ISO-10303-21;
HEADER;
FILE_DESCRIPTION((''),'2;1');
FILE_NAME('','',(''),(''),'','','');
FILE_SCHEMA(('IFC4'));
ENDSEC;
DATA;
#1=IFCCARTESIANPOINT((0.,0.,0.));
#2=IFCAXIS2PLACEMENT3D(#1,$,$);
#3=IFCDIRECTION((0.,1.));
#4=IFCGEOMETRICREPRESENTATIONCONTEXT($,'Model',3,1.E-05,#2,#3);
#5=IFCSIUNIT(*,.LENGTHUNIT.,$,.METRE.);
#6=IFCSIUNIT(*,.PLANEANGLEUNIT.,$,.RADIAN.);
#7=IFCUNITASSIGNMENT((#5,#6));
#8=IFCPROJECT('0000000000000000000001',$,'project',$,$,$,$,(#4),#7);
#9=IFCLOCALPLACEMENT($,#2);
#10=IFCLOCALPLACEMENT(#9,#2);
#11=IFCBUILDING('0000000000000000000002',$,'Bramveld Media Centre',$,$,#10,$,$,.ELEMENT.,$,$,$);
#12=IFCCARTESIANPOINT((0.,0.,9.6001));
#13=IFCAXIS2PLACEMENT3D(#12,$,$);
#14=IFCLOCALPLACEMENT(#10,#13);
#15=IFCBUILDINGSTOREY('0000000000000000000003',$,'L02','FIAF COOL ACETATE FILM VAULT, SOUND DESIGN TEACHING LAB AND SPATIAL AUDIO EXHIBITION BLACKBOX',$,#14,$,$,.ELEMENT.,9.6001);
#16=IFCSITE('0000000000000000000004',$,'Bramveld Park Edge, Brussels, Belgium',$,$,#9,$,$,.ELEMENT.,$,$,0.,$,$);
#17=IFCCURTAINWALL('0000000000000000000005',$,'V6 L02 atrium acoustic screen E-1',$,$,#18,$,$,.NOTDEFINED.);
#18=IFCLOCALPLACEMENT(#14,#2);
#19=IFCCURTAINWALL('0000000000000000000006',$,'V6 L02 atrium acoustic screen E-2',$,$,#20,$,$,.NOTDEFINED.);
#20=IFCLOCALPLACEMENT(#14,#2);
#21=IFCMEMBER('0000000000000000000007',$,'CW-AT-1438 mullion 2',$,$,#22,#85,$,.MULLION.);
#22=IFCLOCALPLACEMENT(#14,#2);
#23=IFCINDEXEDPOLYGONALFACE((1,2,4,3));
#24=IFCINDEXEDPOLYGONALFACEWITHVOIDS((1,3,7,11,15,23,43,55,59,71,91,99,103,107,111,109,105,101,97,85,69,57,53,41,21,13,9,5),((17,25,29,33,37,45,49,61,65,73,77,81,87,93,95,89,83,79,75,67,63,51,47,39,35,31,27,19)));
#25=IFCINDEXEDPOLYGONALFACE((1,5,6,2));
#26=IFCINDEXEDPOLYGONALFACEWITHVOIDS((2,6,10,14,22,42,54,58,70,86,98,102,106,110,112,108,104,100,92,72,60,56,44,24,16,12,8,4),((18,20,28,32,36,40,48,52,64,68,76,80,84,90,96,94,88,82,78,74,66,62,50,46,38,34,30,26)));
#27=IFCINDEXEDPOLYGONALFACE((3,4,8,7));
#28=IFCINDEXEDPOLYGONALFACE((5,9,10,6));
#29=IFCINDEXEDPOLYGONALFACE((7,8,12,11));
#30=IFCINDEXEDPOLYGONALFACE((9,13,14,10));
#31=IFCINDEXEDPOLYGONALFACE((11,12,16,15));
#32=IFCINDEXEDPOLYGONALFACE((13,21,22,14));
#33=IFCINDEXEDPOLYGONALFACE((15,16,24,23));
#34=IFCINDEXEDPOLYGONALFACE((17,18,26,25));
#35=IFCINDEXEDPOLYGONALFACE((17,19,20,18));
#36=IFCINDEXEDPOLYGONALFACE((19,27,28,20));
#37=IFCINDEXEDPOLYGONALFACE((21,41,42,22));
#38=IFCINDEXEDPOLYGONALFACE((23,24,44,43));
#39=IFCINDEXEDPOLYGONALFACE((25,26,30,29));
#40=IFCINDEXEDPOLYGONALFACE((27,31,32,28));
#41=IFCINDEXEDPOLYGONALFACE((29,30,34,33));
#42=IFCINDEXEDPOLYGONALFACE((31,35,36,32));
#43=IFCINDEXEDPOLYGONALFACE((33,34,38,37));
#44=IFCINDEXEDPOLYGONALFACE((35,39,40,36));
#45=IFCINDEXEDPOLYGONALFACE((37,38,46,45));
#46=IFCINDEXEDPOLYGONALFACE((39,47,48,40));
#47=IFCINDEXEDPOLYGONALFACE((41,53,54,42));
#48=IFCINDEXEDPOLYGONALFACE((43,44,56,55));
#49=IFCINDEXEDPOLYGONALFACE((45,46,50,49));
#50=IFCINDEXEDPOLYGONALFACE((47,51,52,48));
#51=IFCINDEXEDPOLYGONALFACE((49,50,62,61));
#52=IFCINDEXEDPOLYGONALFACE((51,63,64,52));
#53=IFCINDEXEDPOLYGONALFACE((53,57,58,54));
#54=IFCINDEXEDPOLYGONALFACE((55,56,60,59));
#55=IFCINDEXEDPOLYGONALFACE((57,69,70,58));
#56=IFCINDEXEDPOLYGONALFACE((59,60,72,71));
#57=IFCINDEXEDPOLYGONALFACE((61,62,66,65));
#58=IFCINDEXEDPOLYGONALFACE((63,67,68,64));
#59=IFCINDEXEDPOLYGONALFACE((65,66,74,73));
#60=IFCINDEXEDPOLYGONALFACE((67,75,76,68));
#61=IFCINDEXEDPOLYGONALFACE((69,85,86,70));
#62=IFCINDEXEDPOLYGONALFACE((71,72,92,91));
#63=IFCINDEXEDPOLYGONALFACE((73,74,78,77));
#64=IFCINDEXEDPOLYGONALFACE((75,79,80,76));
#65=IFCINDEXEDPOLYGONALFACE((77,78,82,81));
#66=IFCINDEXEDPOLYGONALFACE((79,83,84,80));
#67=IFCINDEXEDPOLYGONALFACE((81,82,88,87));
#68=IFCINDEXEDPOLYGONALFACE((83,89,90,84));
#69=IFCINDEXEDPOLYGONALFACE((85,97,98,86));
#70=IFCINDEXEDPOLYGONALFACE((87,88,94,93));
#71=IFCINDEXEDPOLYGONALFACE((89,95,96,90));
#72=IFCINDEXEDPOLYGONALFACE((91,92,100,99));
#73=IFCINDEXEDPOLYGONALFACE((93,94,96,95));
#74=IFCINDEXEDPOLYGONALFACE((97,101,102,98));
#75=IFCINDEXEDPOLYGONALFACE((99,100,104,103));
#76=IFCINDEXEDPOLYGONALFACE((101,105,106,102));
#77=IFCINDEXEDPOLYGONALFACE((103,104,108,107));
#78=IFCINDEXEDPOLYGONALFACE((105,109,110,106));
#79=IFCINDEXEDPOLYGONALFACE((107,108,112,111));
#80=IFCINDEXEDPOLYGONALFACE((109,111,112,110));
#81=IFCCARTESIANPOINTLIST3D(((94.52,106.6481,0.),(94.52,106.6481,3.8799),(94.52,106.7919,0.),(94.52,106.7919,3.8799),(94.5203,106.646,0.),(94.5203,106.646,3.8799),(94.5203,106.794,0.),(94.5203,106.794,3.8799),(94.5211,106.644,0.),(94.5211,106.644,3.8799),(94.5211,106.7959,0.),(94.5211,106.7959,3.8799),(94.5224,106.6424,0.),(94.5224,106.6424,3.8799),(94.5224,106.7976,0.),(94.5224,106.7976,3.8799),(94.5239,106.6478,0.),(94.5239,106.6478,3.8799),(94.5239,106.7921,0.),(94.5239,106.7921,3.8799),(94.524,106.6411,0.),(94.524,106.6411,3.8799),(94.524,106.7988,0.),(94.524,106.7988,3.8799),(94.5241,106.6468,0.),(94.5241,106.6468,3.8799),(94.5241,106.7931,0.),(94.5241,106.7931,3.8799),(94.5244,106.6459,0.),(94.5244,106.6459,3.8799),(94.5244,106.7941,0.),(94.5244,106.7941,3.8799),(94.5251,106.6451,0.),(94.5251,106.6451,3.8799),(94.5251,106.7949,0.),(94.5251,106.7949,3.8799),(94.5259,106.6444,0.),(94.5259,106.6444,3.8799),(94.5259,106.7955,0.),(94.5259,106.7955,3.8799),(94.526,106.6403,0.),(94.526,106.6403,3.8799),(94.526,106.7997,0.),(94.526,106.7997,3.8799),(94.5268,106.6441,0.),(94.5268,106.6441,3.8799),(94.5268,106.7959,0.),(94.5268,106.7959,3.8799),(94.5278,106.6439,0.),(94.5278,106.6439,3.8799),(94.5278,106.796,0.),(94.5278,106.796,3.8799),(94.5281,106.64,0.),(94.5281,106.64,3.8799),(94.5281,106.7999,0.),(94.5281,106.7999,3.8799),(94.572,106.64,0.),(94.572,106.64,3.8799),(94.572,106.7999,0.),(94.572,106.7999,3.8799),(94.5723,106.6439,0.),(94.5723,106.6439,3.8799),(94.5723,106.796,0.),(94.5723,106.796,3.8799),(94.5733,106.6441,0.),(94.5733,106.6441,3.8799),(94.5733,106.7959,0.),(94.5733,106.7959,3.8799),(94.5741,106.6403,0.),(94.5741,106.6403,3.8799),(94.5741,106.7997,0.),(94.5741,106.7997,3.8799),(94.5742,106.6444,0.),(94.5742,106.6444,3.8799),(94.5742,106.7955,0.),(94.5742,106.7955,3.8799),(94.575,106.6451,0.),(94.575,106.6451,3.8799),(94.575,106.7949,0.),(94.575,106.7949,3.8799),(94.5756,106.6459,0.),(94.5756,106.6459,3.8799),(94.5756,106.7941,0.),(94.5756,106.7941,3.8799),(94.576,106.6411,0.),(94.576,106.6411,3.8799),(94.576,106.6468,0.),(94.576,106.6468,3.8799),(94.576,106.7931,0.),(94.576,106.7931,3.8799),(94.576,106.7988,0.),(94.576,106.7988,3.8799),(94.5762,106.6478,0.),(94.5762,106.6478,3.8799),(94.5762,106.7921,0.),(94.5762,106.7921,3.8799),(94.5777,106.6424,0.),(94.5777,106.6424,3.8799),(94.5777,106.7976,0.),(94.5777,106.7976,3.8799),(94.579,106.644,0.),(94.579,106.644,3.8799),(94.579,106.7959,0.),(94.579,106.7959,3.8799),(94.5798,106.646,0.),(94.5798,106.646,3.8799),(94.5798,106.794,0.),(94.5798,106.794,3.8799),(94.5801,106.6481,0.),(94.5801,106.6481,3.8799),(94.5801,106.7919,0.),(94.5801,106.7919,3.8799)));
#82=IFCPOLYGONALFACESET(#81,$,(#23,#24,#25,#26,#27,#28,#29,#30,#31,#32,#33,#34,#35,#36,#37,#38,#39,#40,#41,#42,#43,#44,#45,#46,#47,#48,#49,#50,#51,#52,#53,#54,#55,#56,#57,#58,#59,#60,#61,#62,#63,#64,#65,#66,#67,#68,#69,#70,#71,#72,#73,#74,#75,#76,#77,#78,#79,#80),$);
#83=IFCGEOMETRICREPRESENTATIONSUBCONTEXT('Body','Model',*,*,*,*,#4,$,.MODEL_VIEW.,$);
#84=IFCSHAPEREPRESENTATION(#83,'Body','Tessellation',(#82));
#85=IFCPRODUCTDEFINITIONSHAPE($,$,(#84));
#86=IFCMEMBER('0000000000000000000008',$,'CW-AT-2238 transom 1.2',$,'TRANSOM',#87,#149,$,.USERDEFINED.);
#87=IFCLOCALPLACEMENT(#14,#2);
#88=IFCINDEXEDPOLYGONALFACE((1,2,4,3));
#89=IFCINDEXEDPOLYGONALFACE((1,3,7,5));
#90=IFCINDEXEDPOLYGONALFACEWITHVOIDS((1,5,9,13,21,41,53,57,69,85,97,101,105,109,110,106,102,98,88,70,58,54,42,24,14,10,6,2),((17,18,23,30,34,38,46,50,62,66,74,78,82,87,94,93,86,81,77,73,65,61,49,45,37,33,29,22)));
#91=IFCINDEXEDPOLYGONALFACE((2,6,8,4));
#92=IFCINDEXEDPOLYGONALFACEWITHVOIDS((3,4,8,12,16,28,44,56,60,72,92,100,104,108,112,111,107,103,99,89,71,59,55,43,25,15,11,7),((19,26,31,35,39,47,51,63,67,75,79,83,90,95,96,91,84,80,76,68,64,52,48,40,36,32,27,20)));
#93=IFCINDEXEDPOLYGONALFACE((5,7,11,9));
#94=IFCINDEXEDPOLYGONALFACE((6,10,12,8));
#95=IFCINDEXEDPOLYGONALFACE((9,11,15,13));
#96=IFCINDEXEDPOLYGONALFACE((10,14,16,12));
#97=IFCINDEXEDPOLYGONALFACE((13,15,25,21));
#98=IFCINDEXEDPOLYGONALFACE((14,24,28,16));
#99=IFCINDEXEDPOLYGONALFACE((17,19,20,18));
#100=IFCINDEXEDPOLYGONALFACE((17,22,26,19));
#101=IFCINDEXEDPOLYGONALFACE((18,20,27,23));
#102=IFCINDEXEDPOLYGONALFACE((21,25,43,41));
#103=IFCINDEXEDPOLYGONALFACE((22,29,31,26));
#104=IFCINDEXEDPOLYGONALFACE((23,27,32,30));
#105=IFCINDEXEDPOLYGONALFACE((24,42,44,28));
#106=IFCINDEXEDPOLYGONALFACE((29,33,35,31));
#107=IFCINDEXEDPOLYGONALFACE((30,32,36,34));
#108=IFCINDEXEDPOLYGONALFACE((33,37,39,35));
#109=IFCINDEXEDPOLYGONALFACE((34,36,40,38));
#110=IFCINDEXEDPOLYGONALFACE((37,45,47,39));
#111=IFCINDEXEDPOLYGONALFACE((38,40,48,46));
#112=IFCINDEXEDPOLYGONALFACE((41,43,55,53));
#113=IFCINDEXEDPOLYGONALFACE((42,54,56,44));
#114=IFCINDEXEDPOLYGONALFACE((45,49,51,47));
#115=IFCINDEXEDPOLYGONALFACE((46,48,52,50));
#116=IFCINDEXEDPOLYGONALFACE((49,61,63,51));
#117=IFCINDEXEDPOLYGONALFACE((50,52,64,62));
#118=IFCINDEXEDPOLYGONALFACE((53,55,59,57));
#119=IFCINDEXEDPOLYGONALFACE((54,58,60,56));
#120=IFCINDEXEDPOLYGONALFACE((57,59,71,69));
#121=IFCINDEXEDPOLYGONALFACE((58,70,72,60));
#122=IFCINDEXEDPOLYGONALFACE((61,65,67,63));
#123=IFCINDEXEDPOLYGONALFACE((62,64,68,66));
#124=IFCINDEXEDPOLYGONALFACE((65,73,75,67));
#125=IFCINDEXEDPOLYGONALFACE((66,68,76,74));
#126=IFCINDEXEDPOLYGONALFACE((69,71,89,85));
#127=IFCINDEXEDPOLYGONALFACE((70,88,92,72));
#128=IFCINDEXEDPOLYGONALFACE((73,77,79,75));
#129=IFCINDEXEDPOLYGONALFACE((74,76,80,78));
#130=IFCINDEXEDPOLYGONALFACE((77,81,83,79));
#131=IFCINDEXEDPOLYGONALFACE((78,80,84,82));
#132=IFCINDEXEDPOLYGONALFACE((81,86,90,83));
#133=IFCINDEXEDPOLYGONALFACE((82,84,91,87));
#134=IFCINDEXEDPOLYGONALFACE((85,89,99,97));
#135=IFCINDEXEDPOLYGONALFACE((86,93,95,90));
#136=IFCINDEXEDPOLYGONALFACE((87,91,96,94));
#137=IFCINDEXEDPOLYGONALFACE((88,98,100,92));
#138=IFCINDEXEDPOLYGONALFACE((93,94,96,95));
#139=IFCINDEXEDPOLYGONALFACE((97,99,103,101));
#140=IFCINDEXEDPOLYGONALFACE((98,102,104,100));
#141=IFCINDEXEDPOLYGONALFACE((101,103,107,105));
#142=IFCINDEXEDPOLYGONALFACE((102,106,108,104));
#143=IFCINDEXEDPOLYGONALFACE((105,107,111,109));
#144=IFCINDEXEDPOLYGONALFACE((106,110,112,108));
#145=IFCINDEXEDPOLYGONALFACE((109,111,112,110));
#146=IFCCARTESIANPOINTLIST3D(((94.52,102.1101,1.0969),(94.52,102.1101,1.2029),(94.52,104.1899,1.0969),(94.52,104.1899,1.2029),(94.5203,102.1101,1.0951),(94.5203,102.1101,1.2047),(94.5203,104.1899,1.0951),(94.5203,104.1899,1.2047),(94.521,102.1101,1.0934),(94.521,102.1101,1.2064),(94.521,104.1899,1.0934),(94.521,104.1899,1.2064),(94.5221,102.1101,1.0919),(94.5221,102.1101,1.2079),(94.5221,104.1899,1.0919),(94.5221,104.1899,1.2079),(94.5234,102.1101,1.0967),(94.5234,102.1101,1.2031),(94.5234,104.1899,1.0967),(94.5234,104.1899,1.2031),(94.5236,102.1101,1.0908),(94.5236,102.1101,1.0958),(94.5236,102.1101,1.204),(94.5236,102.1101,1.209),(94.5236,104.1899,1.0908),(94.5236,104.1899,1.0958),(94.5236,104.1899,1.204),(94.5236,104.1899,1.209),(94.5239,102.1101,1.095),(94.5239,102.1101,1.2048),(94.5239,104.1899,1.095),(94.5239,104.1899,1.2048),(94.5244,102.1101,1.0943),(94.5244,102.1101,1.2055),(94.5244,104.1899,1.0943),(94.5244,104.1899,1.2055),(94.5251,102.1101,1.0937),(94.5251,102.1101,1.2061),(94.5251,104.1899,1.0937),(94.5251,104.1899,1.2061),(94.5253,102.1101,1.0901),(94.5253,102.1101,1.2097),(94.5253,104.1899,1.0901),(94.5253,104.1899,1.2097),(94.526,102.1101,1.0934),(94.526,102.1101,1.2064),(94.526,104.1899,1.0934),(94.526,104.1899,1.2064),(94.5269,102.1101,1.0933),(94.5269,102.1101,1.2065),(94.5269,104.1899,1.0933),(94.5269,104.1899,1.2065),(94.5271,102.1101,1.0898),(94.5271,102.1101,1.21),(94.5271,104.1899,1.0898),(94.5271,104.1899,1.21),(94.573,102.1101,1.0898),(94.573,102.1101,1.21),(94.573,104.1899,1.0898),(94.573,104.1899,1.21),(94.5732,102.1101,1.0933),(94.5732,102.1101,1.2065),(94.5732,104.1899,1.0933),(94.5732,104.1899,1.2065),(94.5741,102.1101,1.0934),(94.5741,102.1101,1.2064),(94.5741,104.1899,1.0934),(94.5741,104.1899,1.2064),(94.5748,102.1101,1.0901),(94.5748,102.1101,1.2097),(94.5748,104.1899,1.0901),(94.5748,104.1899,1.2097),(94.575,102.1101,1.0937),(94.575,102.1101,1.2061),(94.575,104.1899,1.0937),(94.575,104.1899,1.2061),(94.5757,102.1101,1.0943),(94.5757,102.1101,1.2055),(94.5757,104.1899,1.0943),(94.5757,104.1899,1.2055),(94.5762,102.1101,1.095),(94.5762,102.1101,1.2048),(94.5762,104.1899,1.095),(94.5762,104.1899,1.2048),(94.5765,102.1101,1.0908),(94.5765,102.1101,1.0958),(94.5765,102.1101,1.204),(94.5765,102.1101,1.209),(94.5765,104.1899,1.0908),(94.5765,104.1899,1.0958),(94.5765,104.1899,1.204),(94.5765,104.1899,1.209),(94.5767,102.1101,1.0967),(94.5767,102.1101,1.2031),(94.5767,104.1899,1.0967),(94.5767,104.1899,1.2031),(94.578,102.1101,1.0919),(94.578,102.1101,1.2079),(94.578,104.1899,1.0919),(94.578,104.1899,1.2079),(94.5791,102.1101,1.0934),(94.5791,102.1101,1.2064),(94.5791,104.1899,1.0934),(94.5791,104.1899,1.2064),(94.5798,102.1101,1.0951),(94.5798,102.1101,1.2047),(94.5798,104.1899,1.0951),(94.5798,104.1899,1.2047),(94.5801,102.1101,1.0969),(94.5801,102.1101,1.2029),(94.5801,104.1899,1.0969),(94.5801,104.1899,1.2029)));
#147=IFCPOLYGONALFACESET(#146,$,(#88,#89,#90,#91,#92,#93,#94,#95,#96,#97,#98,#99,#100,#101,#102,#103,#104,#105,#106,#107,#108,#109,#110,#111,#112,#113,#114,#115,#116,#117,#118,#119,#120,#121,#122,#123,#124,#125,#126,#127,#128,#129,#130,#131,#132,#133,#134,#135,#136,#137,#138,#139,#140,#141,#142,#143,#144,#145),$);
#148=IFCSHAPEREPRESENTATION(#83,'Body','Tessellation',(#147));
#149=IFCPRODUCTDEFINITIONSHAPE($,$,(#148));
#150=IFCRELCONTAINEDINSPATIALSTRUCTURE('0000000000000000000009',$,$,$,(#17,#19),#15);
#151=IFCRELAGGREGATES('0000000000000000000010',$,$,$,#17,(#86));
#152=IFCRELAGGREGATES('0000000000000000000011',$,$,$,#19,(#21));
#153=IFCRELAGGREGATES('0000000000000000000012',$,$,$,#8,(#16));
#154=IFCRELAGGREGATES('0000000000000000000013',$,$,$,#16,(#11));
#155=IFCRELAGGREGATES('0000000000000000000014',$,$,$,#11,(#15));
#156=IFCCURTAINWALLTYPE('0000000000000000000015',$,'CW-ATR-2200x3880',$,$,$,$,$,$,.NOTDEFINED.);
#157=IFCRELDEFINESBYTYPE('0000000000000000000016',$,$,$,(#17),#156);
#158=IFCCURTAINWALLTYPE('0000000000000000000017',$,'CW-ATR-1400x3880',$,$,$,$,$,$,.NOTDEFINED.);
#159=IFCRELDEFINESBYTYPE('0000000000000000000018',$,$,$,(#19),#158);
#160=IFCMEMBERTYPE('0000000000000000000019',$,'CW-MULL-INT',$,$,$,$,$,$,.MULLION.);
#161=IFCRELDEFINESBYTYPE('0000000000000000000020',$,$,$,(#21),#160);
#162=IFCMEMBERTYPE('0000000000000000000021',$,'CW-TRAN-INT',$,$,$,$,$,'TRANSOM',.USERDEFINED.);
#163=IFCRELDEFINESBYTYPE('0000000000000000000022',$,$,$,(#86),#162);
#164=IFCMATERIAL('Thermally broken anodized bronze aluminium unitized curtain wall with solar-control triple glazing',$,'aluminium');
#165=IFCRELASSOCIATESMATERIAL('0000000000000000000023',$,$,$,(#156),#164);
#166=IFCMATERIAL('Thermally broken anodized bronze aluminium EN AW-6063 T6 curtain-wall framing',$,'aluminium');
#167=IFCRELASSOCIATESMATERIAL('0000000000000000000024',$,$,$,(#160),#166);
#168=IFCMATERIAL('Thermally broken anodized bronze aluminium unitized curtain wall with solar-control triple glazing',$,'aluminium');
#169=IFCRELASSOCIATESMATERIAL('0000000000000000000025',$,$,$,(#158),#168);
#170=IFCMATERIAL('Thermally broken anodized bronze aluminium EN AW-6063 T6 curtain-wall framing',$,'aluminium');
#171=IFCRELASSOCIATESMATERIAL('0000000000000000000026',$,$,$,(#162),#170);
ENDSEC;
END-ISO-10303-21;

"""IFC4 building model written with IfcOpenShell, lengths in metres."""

from ifc_helpers import new_model, si_unit, direction, frame, origin, origin_2d, place, context, subcontext, project, spatial, hollow_rectangle, extrude, material, material_profile, profile_set, type_object, element, aggregate, save


model = new_model("IFC4")

# Units and contexts
model_context = context("Model", 3, precision=1e-05, world=origin(), true_north=direction((0.0, 1.0)))
body_context = subcontext(model_context, "Body", "Model", "MODEL_VIEW")
ifc_project = project(units=[si_unit("LENGTHUNIT", "METRE"), si_unit("PLANEANGLEUNIT", "RADIAN")], contexts=[model_context])

# Site, building, storey
site_placement = place(None, origin())
site = spatial("IfcSite", under=ifc_project, at=site_placement, Name="Bramveld Park Edge, Brussels, Belgium", CompositionType="ELEMENT", RefElevation=0.0)
building_placement = place(site_placement, origin())
building = spatial("IfcBuilding", under=site, at=building_placement, Name="Bramveld Media Centre", CompositionType="ELEMENT")
storey_placement = place(building_placement, frame((0.0, 0.0, 9.6001)))
storey = spatial("IfcBuildingStorey", under=building, at=storey_placement, Name="L02", Description="FIAF COOL ACETATE FILM VAULT, SOUND DESIGN TEACHING LAB AND SPATIAL AUDIO EXHIBITION BLACKBOX", CompositionType="ELEMENT", Elevation=9.6001)

# Curtain wall
ifc_material_1 = material(Name="Thermally broken anodized bronze aluminium unitized curtain wall with solar-control triple glazing", Category="aluminium")
curtain_wall_type_1 = type_object("IfcCurtainWallType", Name="CW-ATR-2200x3880", PredefinedType="NOTDEFINED", material=ifc_material_1)
curtain_wall_1_placement = place(storey_placement, origin())
curtain_wall_1 = element("IfcCurtainWall", 1, at=curtain_wall_1_placement, inside=storey, type_object=curtain_wall_type_1, Name="V6 L02 atrium acoustic screen E-1", PredefinedType="NOTDEFINED")
ifc_material_2 = material(Name="Thermally broken anodized bronze aluminium EN AW-6063 T6 curtain-wall framing", Category="aluminium")
ifc_material_profile_1 = material_profile(ifc_material_2, hollow_rectangle(XDim=0.0601, YDim=0.1599, WallThickness=0.0039, InnerFilletRadius=0.0039, OuterFilletRadius=0.0081, at=origin_2d()), Name="AL-MULL 60x160")
ifc_profile_set_1 = profile_set([ifc_material_profile_1], Name="Thermally broken anodized bronze aluminium EN AW-6063 T6 curtain-wall framing")
member_type_1 = type_object("IfcMemberType", Name="CW-MULL-INT", PredefinedType="MULLION", material=ifc_profile_set_1)

# Curtain wall, member
ifc_material_3 = material(Name="Thermally broken anodized bronze aluminium unitized curtain wall with solar-control triple glazing", Category="aluminium")
curtain_wall_type_2 = type_object("IfcCurtainWallType", Name="CW-ATR-1400x3880", PredefinedType="NOTDEFINED", material=ifc_material_3)
curtain_wall_2_placement = place(storey_placement, origin())
curtain_wall_2 = element("IfcCurtainWall", 2, at=curtain_wall_2_placement, inside=storey, type_object=curtain_wall_type_2, Name="V6 L02 atrium acoustic screen E-2", PredefinedType="NOTDEFINED")
member_1_placement = place(storey_placement, frame((94.55, 106.72, 0.0), z_axis=(0.0, 0.0, 1.0), x_axis=(-1.0, 0.0, 0.0)))
member_1 = element("IfcMember", 3, at=member_1_placement, type_object=member_type_1, Name="CW-AT-1438 mullion 2", PredefinedType="MULLION", context=body_context, shape_type="SweptSolid", body=[
    extrude(hollow_rectangle(XDim=0.0601, YDim=0.1599, WallThickness=0.0039, InnerFilletRadius=0.0039, OuterFilletRadius=0.0081, at=origin_2d()), origin(), (0.0, 0.0, 1.0), 3.8799),
])

# Member
ifc_material_4 = material(Name="Thermally broken anodized bronze aluminium EN AW-6063 T6 curtain-wall framing", Category="aluminium")
ifc_material_profile_2 = material_profile(ifc_material_4, hollow_rectangle(XDim=0.0601, YDim=0.1201, WallThickness=0.0034, InnerFilletRadius=0.0034, OuterFilletRadius=0.0071, at=origin_2d()), Name="AL-TRAN 60x120")
ifc_profile_set_2 = profile_set([ifc_material_profile_2], Name="Thermally broken anodized bronze aluminium EN AW-6063 T6 curtain-wall framing")
member_type_2 = type_object("IfcMemberType", Name="CW-TRAN-INT", ElementType="TRANSOM", PredefinedType="USERDEFINED", material=ifc_profile_set_2)
member_2_placement = place(storey_placement, frame((94.55, 102.1101, 1.1499), z_axis=(0.0, 1.0, 0.0), x_axis=(-1.0, 0.0, 0.0)))
member_2 = element("IfcMember", 4, at=member_2_placement, type_object=member_type_2, Name="CW-AT-2238 transom 1.2", ObjectType="TRANSOM", PredefinedType="USERDEFINED", context=body_context, shape_type="SweptSolid", body=[
    extrude(hollow_rectangle(XDim=0.0601, YDim=0.1201, WallThickness=0.0034, InnerFilletRadius=0.0034, OuterFilletRadius=0.0071, at=origin_2d()), origin(), (0.0, 0.0, 1.0), 2.0798),
])

aggregate(curtain_wall_1, [member_2])
aggregate(curtain_wall_2, [member_1])

save(model, "model.ifc")
